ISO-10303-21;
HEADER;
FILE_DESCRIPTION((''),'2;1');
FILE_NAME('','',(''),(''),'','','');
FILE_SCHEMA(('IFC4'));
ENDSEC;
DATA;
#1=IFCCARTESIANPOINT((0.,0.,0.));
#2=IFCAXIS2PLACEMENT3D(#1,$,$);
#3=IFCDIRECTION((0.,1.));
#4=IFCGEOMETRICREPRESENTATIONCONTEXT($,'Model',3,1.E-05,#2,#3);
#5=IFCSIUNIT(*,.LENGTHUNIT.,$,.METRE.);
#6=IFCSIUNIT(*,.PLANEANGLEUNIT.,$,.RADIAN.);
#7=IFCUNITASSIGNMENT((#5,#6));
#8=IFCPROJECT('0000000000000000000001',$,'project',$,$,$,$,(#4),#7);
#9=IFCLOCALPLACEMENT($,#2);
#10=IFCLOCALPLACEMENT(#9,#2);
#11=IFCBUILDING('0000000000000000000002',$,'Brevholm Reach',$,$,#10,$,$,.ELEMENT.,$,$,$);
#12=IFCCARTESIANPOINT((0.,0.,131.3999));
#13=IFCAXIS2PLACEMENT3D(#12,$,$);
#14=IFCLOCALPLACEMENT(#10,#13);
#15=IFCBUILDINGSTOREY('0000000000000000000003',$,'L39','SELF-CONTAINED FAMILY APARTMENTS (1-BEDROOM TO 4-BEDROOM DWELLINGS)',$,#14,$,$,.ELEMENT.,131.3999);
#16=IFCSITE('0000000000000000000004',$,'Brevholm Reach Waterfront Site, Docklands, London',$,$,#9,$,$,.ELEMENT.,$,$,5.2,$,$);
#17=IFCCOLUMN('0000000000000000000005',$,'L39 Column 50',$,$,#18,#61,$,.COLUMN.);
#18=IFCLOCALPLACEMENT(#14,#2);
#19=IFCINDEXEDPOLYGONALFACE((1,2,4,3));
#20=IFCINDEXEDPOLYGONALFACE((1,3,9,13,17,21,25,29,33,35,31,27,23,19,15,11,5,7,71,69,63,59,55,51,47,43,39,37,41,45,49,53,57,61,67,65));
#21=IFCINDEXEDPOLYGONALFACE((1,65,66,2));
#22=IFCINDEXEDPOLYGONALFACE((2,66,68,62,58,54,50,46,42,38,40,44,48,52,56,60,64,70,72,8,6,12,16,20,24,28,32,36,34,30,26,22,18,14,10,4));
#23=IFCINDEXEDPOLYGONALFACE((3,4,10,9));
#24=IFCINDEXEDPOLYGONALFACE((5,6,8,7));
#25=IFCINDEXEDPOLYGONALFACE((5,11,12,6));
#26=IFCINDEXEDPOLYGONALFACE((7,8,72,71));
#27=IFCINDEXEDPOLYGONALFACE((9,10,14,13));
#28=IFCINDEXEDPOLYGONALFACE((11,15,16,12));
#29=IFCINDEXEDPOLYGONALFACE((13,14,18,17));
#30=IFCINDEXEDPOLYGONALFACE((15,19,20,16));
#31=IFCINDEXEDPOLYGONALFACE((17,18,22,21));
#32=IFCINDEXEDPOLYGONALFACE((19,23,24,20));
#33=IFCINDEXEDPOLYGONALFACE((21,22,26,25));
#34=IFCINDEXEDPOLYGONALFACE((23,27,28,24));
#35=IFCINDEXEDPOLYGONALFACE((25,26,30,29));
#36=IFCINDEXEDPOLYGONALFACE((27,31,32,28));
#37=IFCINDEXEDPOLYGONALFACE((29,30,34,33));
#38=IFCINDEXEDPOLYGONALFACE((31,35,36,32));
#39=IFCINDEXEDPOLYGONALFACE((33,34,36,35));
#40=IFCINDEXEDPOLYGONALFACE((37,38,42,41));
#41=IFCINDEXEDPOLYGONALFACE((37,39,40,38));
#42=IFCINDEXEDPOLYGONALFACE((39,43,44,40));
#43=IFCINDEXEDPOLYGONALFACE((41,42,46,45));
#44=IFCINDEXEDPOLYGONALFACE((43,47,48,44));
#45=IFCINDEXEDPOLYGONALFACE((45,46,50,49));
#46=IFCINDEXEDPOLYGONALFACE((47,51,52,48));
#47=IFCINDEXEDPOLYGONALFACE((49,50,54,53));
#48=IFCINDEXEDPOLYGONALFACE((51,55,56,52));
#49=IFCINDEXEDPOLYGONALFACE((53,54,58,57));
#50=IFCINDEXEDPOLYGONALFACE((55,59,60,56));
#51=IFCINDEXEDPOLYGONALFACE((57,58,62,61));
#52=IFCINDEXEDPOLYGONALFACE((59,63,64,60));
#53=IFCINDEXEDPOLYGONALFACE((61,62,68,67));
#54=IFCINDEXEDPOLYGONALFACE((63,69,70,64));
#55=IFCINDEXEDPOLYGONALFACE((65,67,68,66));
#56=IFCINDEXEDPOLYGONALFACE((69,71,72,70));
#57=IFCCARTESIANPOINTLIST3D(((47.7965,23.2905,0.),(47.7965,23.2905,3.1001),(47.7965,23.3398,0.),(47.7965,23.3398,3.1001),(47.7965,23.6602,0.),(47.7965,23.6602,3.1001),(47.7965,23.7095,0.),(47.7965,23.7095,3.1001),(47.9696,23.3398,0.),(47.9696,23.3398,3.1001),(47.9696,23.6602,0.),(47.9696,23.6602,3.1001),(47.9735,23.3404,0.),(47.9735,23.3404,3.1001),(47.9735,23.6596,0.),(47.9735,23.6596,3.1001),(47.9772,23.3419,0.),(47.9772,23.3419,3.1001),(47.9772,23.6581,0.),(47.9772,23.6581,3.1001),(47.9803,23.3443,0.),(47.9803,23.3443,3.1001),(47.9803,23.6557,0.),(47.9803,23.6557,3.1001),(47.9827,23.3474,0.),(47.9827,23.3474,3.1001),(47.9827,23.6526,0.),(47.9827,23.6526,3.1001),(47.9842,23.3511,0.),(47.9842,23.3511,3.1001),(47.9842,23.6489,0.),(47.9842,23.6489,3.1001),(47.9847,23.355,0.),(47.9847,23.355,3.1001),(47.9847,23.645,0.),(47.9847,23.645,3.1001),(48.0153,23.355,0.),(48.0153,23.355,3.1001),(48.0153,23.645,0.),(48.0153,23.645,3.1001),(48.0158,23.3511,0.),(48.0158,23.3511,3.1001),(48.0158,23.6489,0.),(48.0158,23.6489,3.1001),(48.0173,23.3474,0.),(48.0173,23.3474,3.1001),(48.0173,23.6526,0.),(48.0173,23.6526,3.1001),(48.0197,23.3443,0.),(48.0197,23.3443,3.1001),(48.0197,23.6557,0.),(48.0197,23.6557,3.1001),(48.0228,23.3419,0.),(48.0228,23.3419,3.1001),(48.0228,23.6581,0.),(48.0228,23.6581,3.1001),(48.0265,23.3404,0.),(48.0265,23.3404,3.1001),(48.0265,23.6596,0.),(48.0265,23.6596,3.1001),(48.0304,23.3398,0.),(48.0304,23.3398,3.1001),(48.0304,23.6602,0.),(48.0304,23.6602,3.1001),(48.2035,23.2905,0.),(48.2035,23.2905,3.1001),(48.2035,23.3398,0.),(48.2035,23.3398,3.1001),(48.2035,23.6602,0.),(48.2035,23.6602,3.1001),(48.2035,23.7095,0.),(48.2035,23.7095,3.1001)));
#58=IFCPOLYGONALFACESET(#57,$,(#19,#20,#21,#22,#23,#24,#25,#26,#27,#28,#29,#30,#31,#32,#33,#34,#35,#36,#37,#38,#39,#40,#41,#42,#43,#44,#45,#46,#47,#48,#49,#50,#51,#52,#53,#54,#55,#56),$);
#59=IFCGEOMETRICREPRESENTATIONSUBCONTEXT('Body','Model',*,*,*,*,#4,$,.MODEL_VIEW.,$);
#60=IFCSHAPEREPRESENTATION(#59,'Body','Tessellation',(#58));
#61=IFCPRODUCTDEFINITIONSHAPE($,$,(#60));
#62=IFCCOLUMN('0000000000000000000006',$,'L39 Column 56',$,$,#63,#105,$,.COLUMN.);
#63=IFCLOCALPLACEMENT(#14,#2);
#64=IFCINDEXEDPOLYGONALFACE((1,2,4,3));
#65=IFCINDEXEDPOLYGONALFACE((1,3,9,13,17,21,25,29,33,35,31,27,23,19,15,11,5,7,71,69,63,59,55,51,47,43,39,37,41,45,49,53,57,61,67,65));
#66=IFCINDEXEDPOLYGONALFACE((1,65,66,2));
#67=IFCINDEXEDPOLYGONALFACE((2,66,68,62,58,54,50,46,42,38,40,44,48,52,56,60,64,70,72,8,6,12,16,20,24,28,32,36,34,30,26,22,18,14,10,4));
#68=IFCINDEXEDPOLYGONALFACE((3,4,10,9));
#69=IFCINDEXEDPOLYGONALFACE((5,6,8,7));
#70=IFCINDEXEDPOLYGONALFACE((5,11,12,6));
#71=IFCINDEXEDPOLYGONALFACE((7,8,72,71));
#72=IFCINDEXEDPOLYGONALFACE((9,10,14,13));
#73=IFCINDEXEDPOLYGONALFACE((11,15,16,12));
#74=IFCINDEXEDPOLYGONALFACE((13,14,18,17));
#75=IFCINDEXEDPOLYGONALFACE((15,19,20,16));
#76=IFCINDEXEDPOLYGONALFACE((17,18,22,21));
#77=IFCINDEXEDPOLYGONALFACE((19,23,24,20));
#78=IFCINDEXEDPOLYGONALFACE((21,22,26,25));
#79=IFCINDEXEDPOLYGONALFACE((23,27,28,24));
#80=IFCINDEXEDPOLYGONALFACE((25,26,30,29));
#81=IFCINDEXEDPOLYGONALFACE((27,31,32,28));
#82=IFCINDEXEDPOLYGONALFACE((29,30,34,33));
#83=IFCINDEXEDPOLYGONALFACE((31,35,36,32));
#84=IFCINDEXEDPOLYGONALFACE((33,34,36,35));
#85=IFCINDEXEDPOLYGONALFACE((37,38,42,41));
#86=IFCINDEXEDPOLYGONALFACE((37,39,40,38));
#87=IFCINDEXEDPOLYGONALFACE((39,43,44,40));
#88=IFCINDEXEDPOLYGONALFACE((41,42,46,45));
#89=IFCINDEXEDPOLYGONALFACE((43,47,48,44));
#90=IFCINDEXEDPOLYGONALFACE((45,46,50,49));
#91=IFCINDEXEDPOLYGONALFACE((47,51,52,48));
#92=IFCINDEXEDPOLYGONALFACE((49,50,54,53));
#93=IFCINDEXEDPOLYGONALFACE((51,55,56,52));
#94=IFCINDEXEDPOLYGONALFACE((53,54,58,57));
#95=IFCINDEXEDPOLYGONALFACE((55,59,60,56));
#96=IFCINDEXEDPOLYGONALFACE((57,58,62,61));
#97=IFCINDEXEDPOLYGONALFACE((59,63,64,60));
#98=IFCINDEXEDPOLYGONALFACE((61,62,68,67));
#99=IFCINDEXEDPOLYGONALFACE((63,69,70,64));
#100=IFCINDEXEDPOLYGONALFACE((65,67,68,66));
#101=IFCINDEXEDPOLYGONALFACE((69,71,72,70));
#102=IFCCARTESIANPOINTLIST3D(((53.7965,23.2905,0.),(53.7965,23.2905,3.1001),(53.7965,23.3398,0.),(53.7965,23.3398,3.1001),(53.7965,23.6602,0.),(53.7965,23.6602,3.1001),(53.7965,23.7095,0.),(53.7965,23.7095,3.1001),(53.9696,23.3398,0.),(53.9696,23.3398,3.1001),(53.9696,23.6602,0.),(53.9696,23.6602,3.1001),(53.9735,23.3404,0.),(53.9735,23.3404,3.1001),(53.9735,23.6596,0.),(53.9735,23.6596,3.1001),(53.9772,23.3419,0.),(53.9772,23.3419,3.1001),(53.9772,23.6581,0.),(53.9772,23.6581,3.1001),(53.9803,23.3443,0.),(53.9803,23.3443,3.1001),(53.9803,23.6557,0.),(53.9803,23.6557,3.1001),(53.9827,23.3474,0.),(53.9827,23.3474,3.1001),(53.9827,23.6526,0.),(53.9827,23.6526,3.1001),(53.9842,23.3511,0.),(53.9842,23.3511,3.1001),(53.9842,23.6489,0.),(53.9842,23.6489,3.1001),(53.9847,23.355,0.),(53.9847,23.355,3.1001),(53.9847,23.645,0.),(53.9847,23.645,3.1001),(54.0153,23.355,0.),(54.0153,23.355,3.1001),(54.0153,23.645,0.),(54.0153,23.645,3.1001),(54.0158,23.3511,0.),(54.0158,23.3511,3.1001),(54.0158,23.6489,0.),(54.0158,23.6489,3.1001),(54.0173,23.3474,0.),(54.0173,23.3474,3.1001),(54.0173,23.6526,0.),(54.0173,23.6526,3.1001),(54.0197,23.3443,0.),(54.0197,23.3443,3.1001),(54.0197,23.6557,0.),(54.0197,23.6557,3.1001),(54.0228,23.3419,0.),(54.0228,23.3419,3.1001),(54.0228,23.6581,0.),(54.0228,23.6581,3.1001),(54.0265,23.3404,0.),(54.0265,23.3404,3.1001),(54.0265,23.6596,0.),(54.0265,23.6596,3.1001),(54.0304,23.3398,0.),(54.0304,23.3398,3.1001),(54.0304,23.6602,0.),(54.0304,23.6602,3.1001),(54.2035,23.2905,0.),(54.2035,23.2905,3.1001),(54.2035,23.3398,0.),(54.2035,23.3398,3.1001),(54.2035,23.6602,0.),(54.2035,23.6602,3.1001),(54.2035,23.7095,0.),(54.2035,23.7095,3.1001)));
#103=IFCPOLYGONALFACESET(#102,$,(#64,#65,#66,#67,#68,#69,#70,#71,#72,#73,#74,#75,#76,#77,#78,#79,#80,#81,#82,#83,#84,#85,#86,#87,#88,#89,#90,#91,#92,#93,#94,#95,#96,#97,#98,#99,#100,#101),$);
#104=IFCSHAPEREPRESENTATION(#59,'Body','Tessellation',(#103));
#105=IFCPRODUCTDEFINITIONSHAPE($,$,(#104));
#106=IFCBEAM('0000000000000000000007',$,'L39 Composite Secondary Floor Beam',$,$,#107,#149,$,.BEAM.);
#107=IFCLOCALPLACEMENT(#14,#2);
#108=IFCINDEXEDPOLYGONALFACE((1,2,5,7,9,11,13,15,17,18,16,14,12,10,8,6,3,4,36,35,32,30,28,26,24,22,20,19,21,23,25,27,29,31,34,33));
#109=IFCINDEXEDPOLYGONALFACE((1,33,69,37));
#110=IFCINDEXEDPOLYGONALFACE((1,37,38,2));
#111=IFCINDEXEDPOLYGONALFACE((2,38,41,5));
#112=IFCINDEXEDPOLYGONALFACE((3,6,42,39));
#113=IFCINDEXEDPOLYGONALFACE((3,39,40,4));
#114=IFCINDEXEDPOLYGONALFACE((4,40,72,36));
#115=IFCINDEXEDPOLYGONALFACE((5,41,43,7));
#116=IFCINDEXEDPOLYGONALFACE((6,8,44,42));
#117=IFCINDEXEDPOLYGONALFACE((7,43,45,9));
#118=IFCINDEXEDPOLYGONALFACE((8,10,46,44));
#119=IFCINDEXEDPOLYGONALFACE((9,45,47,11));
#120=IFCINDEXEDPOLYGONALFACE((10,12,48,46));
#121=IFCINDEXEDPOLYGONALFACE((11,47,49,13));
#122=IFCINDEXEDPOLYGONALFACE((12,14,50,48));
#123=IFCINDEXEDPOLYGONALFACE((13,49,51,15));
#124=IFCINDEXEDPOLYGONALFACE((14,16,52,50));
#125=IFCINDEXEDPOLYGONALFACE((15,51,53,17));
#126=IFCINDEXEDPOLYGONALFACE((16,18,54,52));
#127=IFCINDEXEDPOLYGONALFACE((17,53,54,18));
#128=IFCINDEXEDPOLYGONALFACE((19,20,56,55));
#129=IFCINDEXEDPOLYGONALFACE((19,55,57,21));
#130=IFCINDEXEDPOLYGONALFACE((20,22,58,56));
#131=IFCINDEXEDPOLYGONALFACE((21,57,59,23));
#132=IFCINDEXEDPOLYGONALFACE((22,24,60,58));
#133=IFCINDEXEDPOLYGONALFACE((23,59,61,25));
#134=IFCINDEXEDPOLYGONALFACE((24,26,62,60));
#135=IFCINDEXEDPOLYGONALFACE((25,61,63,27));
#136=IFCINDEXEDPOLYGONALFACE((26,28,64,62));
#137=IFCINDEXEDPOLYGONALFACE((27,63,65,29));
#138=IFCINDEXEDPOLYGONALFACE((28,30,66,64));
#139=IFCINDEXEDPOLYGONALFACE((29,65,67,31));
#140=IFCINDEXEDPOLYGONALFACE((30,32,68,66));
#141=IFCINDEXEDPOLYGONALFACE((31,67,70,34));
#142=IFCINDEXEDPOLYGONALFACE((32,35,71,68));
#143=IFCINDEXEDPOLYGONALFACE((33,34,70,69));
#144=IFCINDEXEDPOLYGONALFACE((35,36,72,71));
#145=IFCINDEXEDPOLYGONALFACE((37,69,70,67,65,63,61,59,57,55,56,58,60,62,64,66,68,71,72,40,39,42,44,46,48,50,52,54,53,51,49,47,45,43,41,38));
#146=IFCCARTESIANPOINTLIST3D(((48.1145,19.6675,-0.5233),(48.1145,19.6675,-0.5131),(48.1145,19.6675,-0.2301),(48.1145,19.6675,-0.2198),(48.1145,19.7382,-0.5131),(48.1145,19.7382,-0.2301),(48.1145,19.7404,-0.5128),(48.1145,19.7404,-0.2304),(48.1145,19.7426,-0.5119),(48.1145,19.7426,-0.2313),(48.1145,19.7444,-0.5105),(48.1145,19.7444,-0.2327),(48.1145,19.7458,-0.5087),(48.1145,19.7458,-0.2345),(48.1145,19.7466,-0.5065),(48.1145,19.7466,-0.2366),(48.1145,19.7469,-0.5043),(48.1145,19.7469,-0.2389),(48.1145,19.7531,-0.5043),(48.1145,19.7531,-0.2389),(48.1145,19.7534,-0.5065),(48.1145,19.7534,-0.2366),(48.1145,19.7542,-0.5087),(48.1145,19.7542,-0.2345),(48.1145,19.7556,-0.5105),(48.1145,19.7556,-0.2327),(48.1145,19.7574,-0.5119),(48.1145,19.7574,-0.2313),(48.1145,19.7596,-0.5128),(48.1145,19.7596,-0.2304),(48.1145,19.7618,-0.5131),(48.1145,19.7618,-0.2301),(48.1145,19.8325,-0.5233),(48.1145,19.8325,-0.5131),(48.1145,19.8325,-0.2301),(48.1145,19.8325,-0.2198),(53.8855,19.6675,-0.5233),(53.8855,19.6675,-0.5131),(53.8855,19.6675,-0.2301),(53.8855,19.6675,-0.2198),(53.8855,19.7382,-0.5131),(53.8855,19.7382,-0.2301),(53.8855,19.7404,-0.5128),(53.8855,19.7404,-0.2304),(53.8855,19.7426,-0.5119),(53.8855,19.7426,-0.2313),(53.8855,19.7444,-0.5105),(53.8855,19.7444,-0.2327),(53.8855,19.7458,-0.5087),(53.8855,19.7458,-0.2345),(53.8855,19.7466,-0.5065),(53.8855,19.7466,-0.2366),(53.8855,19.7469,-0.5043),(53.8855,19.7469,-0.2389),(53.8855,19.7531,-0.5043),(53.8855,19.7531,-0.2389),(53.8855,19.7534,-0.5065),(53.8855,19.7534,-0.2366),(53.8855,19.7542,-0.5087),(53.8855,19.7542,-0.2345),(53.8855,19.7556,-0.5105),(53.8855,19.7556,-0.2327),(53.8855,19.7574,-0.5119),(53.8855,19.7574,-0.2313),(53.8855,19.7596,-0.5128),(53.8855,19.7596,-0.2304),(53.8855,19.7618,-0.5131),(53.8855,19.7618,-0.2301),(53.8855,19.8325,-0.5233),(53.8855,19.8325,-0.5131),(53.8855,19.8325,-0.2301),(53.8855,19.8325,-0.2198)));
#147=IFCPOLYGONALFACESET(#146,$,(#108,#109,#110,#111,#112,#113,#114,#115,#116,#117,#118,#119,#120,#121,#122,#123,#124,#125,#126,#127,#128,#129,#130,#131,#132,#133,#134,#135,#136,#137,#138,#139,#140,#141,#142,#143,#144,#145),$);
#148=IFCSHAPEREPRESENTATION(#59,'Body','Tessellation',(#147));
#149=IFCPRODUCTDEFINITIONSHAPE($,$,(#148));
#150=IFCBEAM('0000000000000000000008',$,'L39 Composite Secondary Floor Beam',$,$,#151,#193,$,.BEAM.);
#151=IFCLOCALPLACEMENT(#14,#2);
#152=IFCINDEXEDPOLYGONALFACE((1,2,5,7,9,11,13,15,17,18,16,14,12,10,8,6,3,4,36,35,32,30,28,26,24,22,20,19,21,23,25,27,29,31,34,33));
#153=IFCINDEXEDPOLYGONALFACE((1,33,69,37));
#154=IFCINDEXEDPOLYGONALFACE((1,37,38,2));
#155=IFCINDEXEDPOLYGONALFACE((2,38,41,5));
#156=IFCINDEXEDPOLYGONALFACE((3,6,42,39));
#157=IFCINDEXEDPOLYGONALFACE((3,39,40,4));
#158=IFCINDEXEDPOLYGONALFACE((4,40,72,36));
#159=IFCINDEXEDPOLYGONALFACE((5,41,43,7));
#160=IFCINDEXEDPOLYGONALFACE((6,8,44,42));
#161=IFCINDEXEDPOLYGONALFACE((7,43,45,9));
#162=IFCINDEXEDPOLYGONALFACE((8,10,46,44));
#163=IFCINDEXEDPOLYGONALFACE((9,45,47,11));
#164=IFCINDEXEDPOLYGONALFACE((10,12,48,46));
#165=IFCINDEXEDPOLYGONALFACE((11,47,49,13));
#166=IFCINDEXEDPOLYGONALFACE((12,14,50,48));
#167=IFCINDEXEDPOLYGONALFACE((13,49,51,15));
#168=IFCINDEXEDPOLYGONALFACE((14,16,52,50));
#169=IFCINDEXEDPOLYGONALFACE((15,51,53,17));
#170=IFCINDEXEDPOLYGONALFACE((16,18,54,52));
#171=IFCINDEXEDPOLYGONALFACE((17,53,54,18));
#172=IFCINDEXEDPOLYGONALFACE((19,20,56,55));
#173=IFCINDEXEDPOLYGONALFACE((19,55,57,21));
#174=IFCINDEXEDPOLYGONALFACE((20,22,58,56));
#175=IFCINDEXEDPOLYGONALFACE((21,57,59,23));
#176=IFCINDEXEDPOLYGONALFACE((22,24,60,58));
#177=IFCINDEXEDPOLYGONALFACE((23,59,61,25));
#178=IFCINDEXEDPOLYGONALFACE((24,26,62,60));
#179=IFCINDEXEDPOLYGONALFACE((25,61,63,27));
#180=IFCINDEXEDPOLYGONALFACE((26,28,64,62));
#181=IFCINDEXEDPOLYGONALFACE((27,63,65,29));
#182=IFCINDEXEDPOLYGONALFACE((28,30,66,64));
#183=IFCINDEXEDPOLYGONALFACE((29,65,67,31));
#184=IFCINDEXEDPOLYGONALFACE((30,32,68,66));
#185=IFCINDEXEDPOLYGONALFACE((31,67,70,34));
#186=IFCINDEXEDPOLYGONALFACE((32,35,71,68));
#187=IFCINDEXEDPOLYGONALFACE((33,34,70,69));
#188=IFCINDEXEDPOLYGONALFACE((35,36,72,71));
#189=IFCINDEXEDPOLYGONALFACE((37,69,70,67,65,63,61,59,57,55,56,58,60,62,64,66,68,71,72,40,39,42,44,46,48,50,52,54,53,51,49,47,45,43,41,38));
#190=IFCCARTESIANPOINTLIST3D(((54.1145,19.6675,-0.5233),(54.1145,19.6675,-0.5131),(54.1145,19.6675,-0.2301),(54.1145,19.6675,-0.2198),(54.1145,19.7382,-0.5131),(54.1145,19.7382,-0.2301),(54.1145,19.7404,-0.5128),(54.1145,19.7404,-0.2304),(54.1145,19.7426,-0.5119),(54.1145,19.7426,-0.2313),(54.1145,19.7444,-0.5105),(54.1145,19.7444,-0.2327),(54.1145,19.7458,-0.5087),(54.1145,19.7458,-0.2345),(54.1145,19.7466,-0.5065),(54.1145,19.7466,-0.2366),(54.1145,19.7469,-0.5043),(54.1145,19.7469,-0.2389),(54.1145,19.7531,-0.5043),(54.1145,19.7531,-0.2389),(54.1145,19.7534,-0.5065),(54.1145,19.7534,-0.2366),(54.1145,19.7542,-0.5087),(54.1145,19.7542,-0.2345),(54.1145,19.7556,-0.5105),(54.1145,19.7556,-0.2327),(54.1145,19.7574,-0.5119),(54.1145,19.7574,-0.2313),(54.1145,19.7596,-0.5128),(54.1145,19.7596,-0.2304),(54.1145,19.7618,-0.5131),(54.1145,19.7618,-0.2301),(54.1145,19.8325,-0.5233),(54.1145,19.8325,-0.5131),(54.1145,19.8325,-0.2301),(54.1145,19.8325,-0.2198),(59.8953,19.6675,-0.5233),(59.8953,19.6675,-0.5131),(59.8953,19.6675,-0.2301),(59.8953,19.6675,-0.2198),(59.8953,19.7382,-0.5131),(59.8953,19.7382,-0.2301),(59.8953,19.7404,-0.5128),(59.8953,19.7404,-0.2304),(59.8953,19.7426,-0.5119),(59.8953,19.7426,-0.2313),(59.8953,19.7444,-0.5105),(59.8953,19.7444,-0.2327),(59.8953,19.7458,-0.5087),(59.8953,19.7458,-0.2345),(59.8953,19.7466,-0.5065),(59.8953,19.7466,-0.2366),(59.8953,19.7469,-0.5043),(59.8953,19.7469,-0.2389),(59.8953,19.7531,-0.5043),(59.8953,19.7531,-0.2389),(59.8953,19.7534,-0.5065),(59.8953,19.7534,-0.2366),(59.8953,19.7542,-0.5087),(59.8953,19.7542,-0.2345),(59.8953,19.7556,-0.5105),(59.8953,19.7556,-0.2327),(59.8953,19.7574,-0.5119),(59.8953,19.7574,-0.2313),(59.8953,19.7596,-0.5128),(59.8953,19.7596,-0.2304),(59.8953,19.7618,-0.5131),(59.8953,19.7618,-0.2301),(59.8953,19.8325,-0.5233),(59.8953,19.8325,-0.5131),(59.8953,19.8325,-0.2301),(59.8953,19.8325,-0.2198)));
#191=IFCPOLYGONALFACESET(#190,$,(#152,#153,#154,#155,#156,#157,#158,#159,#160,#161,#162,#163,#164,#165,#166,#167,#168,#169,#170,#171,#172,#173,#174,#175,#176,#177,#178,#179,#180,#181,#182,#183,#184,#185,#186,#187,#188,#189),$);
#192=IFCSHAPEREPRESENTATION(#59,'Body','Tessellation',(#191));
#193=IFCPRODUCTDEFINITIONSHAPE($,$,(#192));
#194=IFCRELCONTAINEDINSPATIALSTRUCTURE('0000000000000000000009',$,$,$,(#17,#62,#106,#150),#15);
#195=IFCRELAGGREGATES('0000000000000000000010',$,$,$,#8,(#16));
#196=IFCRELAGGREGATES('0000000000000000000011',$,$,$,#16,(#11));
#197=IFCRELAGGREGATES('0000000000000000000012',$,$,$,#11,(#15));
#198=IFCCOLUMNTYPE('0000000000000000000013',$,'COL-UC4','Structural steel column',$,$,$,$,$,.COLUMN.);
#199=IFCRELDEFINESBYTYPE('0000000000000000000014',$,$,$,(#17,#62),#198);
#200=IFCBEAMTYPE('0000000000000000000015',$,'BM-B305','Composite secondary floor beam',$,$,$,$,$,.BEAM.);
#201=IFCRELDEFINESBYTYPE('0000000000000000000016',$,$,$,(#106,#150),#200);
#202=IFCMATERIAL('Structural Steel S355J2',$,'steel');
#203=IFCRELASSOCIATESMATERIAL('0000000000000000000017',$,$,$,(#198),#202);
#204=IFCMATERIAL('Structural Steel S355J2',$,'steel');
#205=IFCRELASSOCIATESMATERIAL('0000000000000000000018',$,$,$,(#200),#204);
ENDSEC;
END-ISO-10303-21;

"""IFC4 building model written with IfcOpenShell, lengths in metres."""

from ifc_helpers import new_model, si_unit, direction, frame, origin, origin_2d, place, context, subcontext, project, spatial, i_section, extrude, material, material_profile, profile_set, type_object, element, save


model = new_model("IFC4")

# Units and contexts
model_context = context("Model", 3, precision=1e-05, world=origin(), true_north=direction((0.0, 1.0)))
body_context = subcontext(model_context, "Body", "Model", "MODEL_VIEW")
ifc_project = project(units=[si_unit("LENGTHUNIT", "METRE"), si_unit("PLANEANGLEUNIT", "RADIAN")], contexts=[model_context])

# Site, building, storey
site_placement = place(None, origin())
site = spatial("IfcSite", under=ifc_project, at=site_placement, Name="Brevholm Reach Waterfront Site, Docklands, London", CompositionType="ELEMENT", RefElevation=5.2)
building_placement = place(site_placement, origin())
building = spatial("IfcBuilding", under=site, at=building_placement, Name="Brevholm Reach", CompositionType="ELEMENT")
storey_placement = place(building_placement, frame((0.0, 0.0, 131.3999)))
storey = spatial("IfcBuildingStorey", under=building, at=storey_placement, Name="L39", Description="SELF-CONTAINED FAMILY APARTMENTS (1-BEDROOM TO 4-BEDROOM DWELLINGS)", CompositionType="ELEMENT", Elevation=131.3999)

# Columns
ifc_material_1 = material(Name="Structural Steel S355J2", Category="steel")
ifc_material_profile_1 = material_profile(ifc_material_1, i_section(OverallWidth=0.407, OverallDepth=0.4189, WebThickness=0.0305, FlangeThickness=0.0493, FilletRadius=0.0151, at=origin_2d()), Name="UKC 356x406x393")
ifc_profile_set_1 = profile_set([ifc_material_profile_1], Name="Structural Steel S355J2")
column_type = type_object("IfcColumnType", Name="COL-UC4", Description="Structural steel column", PredefinedType="COLUMN", material=ifc_profile_set_1)
for number, where, z_axis, x_axis, name in (
    (1, (48.0, 23.5, 0.0), (0.0, 0.0, 1.0), (1.0, 0.0, 0.0), "L39 Column 50"),
    (2, (54.0, 23.5, 0.0), (0.0, 0.0, 1.0), (1.0, 0.0, 0.0), "L39 Column 56"),
):
    element("IfcColumn", number, at=place(storey_placement, frame(where, z_axis=z_axis, x_axis=x_axis)), inside=storey, type_object=column_type, Name=name, PredefinedType="COLUMN", context=body_context, shape_type="SweptSolid", body=[
        extrude(i_section(OverallWidth=0.407, OverallDepth=0.4189, WebThickness=0.0305, FlangeThickness=0.0493, FilletRadius=0.0151, at=origin_2d()), origin(), (0.0, 0.0, 1.0), 3.1001),
    ])

# Beams
ifc_material_2 = material(Name="Structural Steel S355J2", Category="steel")
ifc_material_profile_2 = material_profile(ifc_material_2, i_section(OverallWidth=0.165, OverallDepth=0.3035, WebThickness=0.0061, FlangeThickness=0.0103, FilletRadius=0.0088, at=origin_2d()), Name="UKB 305x165x40")
ifc_profile_set_2 = profile_set([ifc_material_profile_2], Name="Structural Steel S355J2")
beam_type_1 = type_object("IfcBeamType", Name="BM-B305", Description="Composite secondary floor beam", PredefinedType="BEAM", material=ifc_profile_set_2)
beam_1_placement = place(storey_placement, frame((48.1145, 19.75, -0.3716), z_axis=(1.0, 0.0, 0.0), x_axis=(0.0, 1.0, 0.0)))
element("IfcBeam", 3, at=beam_1_placement, inside=storey, type_object=beam_type_1, Name="L39 Composite Secondary Floor Beam", PredefinedType="BEAM", context=body_context, shape_type="SweptSolid", body=[
    extrude(i_section(OverallWidth=0.165, OverallDepth=0.3035, WebThickness=0.0061, FlangeThickness=0.0103, FilletRadius=0.0088, at=origin_2d()), origin(), (0.0, 0.0, 1.0), 5.771),
])
beam_2_placement = place(storey_placement, frame((54.1145, 19.75, -0.3716), z_axis=(1.0, 0.0, 0.0), x_axis=(0.0, 1.0, 0.0)))
element("IfcBeam", 4, at=beam_2_placement, inside=storey, type_object=beam_type_1, Name="L39 Composite Secondary Floor Beam", PredefinedType="BEAM", context=body_context, shape_type="SweptSolid", body=[
    extrude(i_section(OverallWidth=0.165, OverallDepth=0.3035, WebThickness=0.0061, FlangeThickness=0.0103, FilletRadius=0.0088, at=origin_2d()), origin(), (0.0, 0.0, 1.0), 5.7808),
])

save(model, "model.ifc")
